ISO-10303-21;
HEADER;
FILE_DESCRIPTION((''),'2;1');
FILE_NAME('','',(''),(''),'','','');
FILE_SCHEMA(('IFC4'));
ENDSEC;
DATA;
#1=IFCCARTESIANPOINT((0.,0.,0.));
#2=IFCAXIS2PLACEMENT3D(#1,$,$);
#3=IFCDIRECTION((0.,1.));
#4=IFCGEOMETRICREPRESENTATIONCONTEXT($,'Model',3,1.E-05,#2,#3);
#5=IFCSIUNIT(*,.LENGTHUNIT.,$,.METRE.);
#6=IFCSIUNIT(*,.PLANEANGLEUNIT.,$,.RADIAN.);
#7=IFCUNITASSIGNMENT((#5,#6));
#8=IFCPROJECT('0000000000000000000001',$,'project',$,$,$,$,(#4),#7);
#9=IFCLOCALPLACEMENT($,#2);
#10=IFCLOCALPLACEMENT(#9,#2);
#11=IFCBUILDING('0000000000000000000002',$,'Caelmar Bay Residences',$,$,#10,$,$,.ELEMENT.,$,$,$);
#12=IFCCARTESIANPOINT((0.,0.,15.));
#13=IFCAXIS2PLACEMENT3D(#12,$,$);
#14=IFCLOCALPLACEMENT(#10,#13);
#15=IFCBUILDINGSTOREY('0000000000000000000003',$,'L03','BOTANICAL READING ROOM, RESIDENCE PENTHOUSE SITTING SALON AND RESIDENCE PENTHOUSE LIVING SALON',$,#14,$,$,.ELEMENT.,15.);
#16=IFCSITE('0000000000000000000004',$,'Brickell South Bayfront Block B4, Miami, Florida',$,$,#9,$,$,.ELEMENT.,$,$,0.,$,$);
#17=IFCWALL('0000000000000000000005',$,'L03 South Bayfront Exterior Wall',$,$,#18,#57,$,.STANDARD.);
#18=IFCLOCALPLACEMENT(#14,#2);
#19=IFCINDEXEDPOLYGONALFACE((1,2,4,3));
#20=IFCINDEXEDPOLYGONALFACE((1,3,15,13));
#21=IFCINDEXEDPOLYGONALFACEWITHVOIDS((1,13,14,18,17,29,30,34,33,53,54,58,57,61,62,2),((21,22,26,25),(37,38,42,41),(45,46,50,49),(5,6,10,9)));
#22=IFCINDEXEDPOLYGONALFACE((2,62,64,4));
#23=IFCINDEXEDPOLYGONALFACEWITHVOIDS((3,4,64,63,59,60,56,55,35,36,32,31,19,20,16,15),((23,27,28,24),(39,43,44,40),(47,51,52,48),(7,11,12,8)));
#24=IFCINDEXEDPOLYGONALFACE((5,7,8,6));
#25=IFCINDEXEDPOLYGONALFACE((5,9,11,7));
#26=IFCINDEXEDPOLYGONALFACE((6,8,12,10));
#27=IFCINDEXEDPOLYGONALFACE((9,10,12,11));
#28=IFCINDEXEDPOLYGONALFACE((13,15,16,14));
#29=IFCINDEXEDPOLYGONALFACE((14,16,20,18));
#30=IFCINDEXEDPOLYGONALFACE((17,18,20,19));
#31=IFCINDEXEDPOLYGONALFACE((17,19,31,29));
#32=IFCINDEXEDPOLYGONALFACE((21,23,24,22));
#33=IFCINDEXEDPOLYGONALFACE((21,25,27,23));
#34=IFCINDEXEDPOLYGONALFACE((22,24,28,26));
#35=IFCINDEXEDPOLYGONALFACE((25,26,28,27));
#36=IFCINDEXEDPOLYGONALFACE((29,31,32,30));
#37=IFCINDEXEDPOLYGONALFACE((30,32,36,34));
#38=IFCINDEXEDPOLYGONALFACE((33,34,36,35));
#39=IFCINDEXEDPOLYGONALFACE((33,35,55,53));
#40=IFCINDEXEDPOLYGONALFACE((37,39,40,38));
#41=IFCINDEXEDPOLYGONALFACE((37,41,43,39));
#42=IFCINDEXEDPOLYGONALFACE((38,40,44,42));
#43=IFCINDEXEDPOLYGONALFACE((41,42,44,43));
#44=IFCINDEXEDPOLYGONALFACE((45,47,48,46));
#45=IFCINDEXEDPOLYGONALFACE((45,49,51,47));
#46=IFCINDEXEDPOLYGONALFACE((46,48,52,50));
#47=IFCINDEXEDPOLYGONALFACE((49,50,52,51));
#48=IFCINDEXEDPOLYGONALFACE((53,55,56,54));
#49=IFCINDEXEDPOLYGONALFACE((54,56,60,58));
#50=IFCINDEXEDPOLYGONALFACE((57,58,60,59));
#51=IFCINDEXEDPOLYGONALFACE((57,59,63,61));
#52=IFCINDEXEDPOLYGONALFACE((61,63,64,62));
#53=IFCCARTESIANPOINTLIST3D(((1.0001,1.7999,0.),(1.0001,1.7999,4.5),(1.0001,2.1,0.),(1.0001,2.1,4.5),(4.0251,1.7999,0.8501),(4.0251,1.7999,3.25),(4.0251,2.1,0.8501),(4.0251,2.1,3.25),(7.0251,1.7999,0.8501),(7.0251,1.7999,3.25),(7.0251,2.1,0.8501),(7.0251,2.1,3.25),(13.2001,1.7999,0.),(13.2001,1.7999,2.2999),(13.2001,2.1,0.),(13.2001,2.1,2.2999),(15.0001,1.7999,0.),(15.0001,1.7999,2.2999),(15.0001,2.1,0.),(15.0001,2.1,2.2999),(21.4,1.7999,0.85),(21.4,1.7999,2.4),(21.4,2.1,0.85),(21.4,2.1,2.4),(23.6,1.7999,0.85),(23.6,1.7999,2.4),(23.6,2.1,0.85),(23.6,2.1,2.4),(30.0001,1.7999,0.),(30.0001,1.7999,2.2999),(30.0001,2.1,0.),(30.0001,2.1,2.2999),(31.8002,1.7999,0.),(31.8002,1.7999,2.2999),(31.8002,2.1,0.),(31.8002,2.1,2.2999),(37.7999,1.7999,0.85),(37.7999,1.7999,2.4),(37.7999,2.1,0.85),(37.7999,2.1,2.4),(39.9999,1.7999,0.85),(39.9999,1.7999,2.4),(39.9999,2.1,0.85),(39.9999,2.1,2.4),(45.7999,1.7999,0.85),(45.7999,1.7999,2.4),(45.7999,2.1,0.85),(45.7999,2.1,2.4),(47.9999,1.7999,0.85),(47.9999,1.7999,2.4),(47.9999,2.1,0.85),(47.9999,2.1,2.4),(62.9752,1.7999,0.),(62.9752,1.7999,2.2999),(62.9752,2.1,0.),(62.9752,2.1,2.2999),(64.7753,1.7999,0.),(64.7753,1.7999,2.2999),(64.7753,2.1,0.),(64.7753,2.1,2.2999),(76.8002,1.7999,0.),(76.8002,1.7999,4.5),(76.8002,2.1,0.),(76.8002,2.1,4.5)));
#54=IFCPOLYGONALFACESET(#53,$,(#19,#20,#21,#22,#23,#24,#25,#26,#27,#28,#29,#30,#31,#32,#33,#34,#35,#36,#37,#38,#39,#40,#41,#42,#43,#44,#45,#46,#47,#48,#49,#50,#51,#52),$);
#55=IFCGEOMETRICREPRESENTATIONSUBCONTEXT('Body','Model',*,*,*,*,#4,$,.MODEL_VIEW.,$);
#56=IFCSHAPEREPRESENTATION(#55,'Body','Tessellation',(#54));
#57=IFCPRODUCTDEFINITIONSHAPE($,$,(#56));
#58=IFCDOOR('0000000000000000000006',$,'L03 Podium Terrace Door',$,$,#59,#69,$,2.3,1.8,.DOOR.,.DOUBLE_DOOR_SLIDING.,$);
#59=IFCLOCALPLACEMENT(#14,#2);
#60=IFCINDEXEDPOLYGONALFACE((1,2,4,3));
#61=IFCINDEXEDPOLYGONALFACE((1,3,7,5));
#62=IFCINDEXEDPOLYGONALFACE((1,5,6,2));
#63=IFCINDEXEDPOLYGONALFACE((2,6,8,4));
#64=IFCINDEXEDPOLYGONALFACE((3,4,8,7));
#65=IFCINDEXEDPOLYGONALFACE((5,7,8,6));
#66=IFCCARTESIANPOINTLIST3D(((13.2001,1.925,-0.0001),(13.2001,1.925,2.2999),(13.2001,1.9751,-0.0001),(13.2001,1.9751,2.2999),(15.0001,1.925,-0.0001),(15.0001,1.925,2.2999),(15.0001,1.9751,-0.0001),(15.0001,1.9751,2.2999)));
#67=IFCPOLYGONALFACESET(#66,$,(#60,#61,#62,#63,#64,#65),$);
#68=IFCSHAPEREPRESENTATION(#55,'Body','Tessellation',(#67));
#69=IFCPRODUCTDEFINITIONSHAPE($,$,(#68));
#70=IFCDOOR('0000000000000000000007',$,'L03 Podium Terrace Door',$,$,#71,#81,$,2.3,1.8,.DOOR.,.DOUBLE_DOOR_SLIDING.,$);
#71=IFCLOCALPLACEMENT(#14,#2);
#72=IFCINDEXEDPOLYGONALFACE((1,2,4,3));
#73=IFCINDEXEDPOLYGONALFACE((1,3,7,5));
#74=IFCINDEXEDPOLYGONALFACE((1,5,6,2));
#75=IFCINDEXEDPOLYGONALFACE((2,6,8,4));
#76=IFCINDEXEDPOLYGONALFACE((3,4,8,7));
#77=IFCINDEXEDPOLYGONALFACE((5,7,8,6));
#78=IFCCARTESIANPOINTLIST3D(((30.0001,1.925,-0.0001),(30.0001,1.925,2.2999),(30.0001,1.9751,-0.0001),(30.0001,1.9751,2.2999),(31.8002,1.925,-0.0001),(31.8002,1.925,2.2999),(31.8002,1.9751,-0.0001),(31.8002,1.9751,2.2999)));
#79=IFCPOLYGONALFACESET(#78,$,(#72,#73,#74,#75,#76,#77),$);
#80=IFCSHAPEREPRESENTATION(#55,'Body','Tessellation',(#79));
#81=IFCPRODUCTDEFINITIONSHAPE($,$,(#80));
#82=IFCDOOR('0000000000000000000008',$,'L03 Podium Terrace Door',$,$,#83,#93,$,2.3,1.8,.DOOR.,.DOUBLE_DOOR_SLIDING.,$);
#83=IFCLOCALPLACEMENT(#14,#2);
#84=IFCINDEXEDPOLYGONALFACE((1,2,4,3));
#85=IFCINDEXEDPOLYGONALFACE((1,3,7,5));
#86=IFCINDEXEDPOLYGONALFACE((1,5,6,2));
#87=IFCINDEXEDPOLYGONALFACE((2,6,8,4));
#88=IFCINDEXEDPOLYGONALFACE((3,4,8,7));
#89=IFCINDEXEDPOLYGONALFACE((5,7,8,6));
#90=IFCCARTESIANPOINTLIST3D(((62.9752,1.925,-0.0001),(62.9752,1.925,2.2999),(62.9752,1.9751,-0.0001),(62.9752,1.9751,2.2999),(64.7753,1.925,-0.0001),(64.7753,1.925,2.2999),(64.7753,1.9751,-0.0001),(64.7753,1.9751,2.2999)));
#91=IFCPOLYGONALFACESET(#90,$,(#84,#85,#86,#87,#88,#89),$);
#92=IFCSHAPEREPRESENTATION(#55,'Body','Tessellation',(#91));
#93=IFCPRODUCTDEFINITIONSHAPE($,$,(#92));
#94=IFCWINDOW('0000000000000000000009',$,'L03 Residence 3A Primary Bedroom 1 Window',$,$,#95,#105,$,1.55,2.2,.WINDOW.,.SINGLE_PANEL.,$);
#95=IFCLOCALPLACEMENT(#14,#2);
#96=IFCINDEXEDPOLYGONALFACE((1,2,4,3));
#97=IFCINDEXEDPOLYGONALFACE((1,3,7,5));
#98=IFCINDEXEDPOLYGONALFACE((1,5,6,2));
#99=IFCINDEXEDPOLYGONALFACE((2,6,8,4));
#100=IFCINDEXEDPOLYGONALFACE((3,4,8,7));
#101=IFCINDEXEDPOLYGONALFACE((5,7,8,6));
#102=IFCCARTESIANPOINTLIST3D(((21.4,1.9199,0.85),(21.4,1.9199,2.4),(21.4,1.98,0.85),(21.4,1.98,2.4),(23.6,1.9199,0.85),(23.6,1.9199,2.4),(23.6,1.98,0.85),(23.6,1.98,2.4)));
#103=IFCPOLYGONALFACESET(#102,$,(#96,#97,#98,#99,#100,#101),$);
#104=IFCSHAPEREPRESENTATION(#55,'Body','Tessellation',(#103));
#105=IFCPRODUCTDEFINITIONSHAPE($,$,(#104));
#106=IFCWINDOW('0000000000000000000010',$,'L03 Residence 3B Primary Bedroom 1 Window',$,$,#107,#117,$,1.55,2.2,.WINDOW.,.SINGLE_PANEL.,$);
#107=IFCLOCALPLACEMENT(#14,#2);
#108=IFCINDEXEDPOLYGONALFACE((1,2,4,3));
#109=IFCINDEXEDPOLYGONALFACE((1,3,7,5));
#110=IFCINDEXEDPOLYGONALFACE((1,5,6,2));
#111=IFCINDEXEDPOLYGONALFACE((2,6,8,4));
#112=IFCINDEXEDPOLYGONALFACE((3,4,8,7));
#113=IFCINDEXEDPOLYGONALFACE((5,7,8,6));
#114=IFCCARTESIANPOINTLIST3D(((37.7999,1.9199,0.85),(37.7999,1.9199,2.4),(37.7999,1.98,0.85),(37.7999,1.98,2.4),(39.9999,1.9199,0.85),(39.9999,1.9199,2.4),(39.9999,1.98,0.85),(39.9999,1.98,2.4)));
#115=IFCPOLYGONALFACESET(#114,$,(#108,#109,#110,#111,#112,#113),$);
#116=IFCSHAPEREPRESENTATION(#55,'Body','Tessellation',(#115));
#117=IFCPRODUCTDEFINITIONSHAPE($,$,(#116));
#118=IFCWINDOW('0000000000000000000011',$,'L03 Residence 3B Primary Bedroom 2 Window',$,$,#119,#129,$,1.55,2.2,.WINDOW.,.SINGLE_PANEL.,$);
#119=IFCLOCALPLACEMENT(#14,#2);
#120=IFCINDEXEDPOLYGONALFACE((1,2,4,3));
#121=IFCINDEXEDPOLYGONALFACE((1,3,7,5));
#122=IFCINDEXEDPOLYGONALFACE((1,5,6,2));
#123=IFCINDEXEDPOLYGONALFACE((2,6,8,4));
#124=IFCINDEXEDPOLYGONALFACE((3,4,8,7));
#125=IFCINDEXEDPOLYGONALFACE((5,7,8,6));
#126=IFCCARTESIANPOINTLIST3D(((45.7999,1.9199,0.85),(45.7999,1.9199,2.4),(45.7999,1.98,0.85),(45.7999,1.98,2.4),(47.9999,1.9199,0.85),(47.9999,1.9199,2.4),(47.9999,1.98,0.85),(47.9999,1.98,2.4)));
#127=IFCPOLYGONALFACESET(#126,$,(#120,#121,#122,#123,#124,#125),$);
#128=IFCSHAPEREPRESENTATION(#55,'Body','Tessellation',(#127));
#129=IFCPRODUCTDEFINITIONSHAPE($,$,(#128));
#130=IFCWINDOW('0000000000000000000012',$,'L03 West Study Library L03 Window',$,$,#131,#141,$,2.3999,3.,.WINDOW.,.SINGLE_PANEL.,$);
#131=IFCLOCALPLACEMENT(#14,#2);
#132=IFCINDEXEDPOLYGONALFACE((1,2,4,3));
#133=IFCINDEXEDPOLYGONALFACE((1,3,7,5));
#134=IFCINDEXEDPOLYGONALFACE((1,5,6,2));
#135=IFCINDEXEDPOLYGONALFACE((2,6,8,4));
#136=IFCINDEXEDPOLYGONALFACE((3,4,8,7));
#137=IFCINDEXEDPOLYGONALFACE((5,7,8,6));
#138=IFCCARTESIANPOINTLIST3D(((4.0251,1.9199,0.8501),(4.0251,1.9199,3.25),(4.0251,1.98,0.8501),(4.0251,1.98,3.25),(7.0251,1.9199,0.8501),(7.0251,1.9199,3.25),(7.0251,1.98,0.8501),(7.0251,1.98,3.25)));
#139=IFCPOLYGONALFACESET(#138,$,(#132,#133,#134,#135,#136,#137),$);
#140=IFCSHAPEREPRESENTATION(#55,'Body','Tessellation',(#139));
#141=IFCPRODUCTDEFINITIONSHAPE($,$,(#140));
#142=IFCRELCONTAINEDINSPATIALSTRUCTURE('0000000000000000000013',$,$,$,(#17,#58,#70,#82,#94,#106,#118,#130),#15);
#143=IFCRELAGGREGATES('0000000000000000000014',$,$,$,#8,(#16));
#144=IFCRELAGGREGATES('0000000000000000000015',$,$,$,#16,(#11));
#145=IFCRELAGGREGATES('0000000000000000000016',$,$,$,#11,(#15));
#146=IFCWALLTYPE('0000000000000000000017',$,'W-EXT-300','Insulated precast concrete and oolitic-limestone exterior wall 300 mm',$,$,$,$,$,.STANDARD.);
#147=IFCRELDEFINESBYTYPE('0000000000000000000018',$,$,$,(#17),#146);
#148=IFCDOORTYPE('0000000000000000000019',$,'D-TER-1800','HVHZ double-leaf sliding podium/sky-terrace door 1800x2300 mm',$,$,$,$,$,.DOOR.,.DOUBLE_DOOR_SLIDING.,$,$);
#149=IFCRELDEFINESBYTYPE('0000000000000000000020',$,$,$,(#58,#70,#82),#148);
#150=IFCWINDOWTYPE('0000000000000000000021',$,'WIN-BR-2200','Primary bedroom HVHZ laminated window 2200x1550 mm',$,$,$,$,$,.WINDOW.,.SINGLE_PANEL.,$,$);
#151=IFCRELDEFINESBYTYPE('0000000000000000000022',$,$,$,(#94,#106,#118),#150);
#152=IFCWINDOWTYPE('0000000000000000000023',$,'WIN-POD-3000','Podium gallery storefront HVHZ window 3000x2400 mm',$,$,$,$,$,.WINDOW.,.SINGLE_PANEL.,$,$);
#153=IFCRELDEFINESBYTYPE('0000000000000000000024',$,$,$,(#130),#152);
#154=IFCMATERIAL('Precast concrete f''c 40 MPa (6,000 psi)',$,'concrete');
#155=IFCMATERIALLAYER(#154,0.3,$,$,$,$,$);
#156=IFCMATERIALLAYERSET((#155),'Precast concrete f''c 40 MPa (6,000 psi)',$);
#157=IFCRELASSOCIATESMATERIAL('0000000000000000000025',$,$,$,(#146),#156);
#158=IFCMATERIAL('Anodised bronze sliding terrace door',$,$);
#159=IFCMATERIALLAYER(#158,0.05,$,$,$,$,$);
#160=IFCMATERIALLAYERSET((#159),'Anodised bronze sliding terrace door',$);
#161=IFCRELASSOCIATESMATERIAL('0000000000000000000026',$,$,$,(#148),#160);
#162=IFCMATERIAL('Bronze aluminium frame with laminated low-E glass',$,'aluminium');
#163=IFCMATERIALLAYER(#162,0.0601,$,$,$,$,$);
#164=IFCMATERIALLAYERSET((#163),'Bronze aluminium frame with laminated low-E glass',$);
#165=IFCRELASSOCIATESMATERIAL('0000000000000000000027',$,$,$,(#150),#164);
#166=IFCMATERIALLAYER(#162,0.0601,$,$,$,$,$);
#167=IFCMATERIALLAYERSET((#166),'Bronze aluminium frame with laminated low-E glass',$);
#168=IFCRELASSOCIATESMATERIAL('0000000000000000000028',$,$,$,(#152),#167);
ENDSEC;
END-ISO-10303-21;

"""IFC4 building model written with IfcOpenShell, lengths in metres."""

from ifc_helpers import new_model, si_unit, direction, frame, frame_2d, origin, place, context, subcontext, project, spatial, rectangle, extrude, material, layer, layer_set, type_object, element, fill, save


model = new_model("IFC4")

# Units and contexts
model_context = context("Model", 3, precision=1e-05, world=origin(), true_north=direction((0.0, 1.0)))
body_context = subcontext(model_context, "Body", "Model", "MODEL_VIEW")
ifc_project = project(units=[si_unit("LENGTHUNIT", "METRE"), si_unit("PLANEANGLEUNIT", "RADIAN")], contexts=[model_context])

# Site, building, storey
site_placement = place(None, origin())
site = spatial("IfcSite", under=ifc_project, at=site_placement, Name="Brickell South Bayfront Block B4, Miami, Florida", CompositionType="ELEMENT", RefElevation=0.0)
building_placement = place(site_placement, origin())
building = spatial("IfcBuilding", under=site, at=building_placement, Name="Caelmar Bay Residences", CompositionType="ELEMENT")
storey_placement = place(building_placement, frame((0.0, 0.0, 15.0)))
storey = spatial("IfcBuildingStorey", under=building, at=storey_placement, Name="L03", Description="BOTANICAL READING ROOM, RESIDENCE PENTHOUSE SITTING SALON AND RESIDENCE PENTHOUSE LIVING SALON", CompositionType="ELEMENT", Elevation=15.0)

# Wall, openings, doors, windows
ifc_material_1 = material(Name="Precast concrete f'c 40 MPa (6,000 psi)", Category="concrete")
ifc_layer_1 = layer(ifc_material_1, 0.3)
ifc_layer_set_1 = layer_set([ifc_layer_1], Name="Precast concrete f'c 40 MPa (6,000 psi)")
wall_type = type_object("IfcWallType", Name="W-EXT-300", Description="Insulated precast concrete and oolitic-limestone exterior wall 300 mm", PredefinedType="STANDARD", material=ifc_layer_set_1)
wall_placement = place(storey_placement, frame((76.8, 1.95, 0.0), z_axis=(0.0, 0.0, 1.0), x_axis=(-1.0, 0.0, 0.0)))
wall = element("IfcWall", 1, at=wall_placement, inside=storey, type_object=wall_type, Name="L03 South Bayfront Exterior Wall", PredefinedType="STANDARD", context=body_context, shape_type="SweptSolid", body=[
    extrude(rectangle(XDim=75.8, YDim=0.3, at=frame_2d((37.8999, 0.0))), origin(), (0.0, 0.0, 1.0), 4.5),
])
opening_1_placement = place(wall_placement, frame((69.7749, 0.0, 0.8501)))
opening_1 = element("IfcOpeningElement", 2, at=opening_1_placement, cuts=wall, PredefinedType="OPENING", context=body_context, shape_type="SweptSolid", body=[
    extrude(rectangle(XDim=3.0, YDim=2.3999, at=frame_2d((1.5, 1.2))), frame((0.0, 0.1599, 0.0), z_axis=(0.0, -1.0, 0.0), x_axis=(1.0, 0.0, 0.0)), (0.0, 0.0, 1.0), 0.3201),
])
opening_2_placement = place(wall_placement, frame((61.8, 0.0, 0.0)))
opening_2 = element("IfcOpeningElement", 3, at=opening_2_placement, cuts=wall, PredefinedType="OPENING", context=body_context, shape_type="SweptSolid", body=[
    extrude(rectangle(XDim=1.8, YDim=2.3, at=frame_2d((0.8999, 1.1499))), frame((0.0, 0.1599, 0.0), z_axis=(0.0, -1.0, 0.0), x_axis=(1.0, 0.0, 0.0)), (0.0, 0.0, 1.0), 0.3201),
])
opening_3_placement = place(wall_placement, frame((53.2, 0.0, 0.8501)))
opening_3 = element("IfcOpeningElement", 4, at=opening_3_placement, cuts=wall, PredefinedType="OPENING", context=body_context, shape_type="SweptSolid", body=[
    extrude(rectangle(XDim=2.2, YDim=1.55, at=frame_2d((1.1001, 0.7749))), frame((0.0, 0.1599, 0.0), z_axis=(0.0, -1.0, 0.0), x_axis=(1.0, 0.0, 0.0)), (0.0, 0.0, 1.0), 0.3201),
])
opening_4_placement = place(wall_placement, frame((45.0, 0.0, 0.0)))
opening_4 = element("IfcOpeningElement", 5, at=opening_4_placement, cuts=wall, PredefinedType="OPENING", context=body_context, shape_type="SweptSolid", body=[
    extrude(rectangle(XDim=1.8, YDim=2.3, at=frame_2d((0.8999, 1.1499))), frame((0.0, 0.1599, 0.0), z_axis=(0.0, -1.0, 0.0), x_axis=(1.0, 0.0, 0.0)), (0.0, 0.0, 1.0), 0.3201),
])
opening_5_placement = place(wall_placement, frame((36.8, 0.0, 0.8501)))
opening_5 = element("IfcOpeningElement", 6, at=opening_5_placement, cuts=wall, PredefinedType="OPENING", context=body_context, shape_type="SweptSolid", body=[
    extrude(rectangle(XDim=2.2, YDim=1.55, at=frame_2d((1.1001, 0.7749))), frame((0.0, 0.1599, 0.0), z_axis=(0.0, -1.0, 0.0), x_axis=(1.0, 0.0, 0.0)), (0.0, 0.0, 1.0), 0.3201),
])
opening_6_placement = place(wall_placement, frame((28.8, 0.0, 0.8501)))
opening_6 = element("IfcOpeningElement", 7, at=opening_6_placement, cuts=wall, PredefinedType="OPENING", context=body_context, shape_type="SweptSolid", body=[
    extrude(rectangle(XDim=2.2, YDim=1.55, at=frame_2d((1.1001, 0.7749))), frame((0.0, 0.1599, 0.0), z_axis=(0.0, -1.0, 0.0), x_axis=(1.0, 0.0, 0.0)), (0.0, 0.0, 1.0), 0.3201),
])
opening_7_placement = place(wall_placement, frame((12.0249, 0.0, 0.0)))
opening_7 = element("IfcOpeningElement", 8, at=opening_7_placement, cuts=wall, PredefinedType="OPENING", context=body_context, shape_type="SweptSolid", body=[
    extrude(rectangle(XDim=1.8, YDim=2.3, at=frame_2d((0.8999, 1.1499))), frame((0.0, 0.1599, 0.0), z_axis=(0.0, -1.0, 0.0), x_axis=(1.0, 0.0, 0.0)), (0.0, 0.0, 1.0), 0.3201),
])
ifc_material_2 = material(Name="Anodised bronze sliding terrace door")
ifc_layer_2 = layer(ifc_material_2, 0.05)
ifc_layer_set_2 = layer_set([ifc_layer_2], Name="Anodised bronze sliding terrace door")
door_type = type_object("IfcDoorType", Name="D-TER-1800", Description="HVHZ double-leaf sliding podium/sky-terrace door 1800x2300 mm", OperationType="DOUBLE_DOOR_SLIDING", PredefinedType="DOOR", material=ifc_layer_set_2)
door_1_placement = place(opening_2_placement, origin())
door_1 = element("IfcDoor", 9, at=door_1_placement, inside=storey, type_object=door_type, Name="L03 Podium Terrace Door", OperationType="DOUBLE_DOOR_SLIDING", OverallHeight=2.3, OverallWidth=1.8, PredefinedType="DOOR", context=body_context, shape_type="SweptSolid", body=[
    extrude(rectangle(XDim=1.8, YDim=2.3, at=frame_2d((0.8999, 1.1499))), frame((0.0, 0.0249, 0.0), z_axis=(0.0, -1.0, 0.0), x_axis=(1.0, 0.0, 0.0)), (0.0, 0.0, 1.0), 0.05),
])
fill(opening_2, door_1)
door_2_placement = place(opening_4_placement, origin())
door_2 = element("IfcDoor", 10, at=door_2_placement, inside=storey, type_object=door_type, Name="L03 Podium Terrace Door", OperationType="DOUBLE_DOOR_SLIDING", OverallHeight=2.3, OverallWidth=1.8, PredefinedType="DOOR", context=body_context, shape_type="SweptSolid", body=[
    extrude(rectangle(XDim=1.8, YDim=2.3, at=frame_2d((0.8999, 1.1499))), frame((0.0, 0.0249, 0.0), z_axis=(0.0, -1.0, 0.0), x_axis=(1.0, 0.0, 0.0)), (0.0, 0.0, 1.0), 0.05),
])
fill(opening_4, door_2)
door_3_placement = place(opening_7_placement, origin())
door_3 = element("IfcDoor", 11, at=door_3_placement, inside=storey, type_object=door_type, Name="L03 Podium Terrace Door", OperationType="DOUBLE_DOOR_SLIDING", OverallHeight=2.3, OverallWidth=1.8, PredefinedType="DOOR", context=body_context, shape_type="SweptSolid", body=[
    extrude(rectangle(XDim=1.8, YDim=2.3, at=frame_2d((0.8999, 1.1499))), frame((0.0, 0.0249, 0.0), z_axis=(0.0, -1.0, 0.0), x_axis=(1.0, 0.0, 0.0)), (0.0, 0.0, 1.0), 0.05),
])
fill(opening_7, door_3)
ifc_material_3 = material(Name="Bronze aluminium frame with laminated low-E glass", Category="aluminium")
ifc_layer_3 = layer(ifc_material_3, 0.0601)
ifc_layer_set_3 = layer_set([ifc_layer_3], Name="Bronze aluminium frame with laminated low-E glass")
window_type_1 = type_object("IfcWindowType", Name="WIN-BR-2200", Description="Primary bedroom HVHZ laminated window 2200x1550 mm", PartitioningType="SINGLE_PANEL", PredefinedType="WINDOW", material=ifc_layer_set_3)
window_1_placement = place(opening_3_placement, origin())
window_1 = element("IfcWindow", 12, at=window_1_placement, inside=storey, type_object=window_type_1, Name="L03 Residence 3A Primary Bedroom 1 Window", OverallHeight=1.55, OverallWidth=2.2, PartitioningType="SINGLE_PANEL", PredefinedType="WINDOW", context=body_context, shape_type="SweptSolid", body=[
    extrude(rectangle(XDim=2.2, YDim=1.55, at=frame_2d((1.1001, 0.7749))), frame((0.0, 0.03, 0.0), z_axis=(0.0, -1.0, 0.0), x_axis=(1.0, 0.0, 0.0)), (0.0, 0.0, 1.0), 0.0601),
])
fill(opening_3, window_1)
window_2_placement = place(opening_5_placement, origin())
window_2 = element("IfcWindow", 13, at=window_2_placement, inside=storey, type_object=window_type_1, Name="L03 Residence 3B Primary Bedroom 1 Window", OverallHeight=1.55, OverallWidth=2.2, PartitioningType="SINGLE_PANEL", PredefinedType="WINDOW", context=body_context, shape_type="SweptSolid", body=[
    extrude(rectangle(XDim=2.2, YDim=1.55, at=frame_2d((1.1001, 0.7749))), frame((0.0, 0.03, 0.0), z_axis=(0.0, -1.0, 0.0), x_axis=(1.0, 0.0, 0.0)), (0.0, 0.0, 1.0), 0.0601),
])
fill(opening_5, window_2)
window_3_placement = place(opening_6_placement, origin())
window_3 = element("IfcWindow", 14, at=window_3_placement, inside=storey, type_object=window_type_1, Name="L03 Residence 3B Primary Bedroom 2 Window", OverallHeight=1.55, OverallWidth=2.2, PartitioningType="SINGLE_PANEL", PredefinedType="WINDOW", context=body_context, shape_type="SweptSolid", body=[
    extrude(rectangle(XDim=2.2, YDim=1.55, at=frame_2d((1.1001, 0.7749))), frame((0.0, 0.03, 0.0), z_axis=(0.0, -1.0, 0.0), x_axis=(1.0, 0.0, 0.0)), (0.0, 0.0, 1.0), 0.0601),
])
fill(opening_6, window_3)
ifc_layer_4 = layer(ifc_material_3, 0.0601)
ifc_layer_set_4 = layer_set([ifc_layer_4], Name="Bronze aluminium frame with laminated low-E glass")
window_type_2 = type_object("IfcWindowType", Name="WIN-POD-3000", Description="Podium gallery storefront HVHZ window 3000x2400 mm", PartitioningType="SINGLE_PANEL", PredefinedType="WINDOW", material=ifc_layer_set_4)
window_4_placement = place(opening_1_placement, origin())
window_4 = element("IfcWindow", 15, at=window_4_placement, inside=storey, type_object=window_type_2, Name="L03 West Study Library L03 Window", OverallHeight=2.3999, OverallWidth=3.0, PartitioningType="SINGLE_PANEL", PredefinedType="WINDOW", context=body_context, shape_type="SweptSolid", body=[
    extrude(rectangle(XDim=3.0, YDim=2.3999, at=frame_2d((1.5, 1.2))), frame((0.0, 0.03, 0.0), z_axis=(0.0, -1.0, 0.0), x_axis=(1.0, 0.0, 0.0)), (0.0, 0.0, 1.0), 0.0601),
])
fill(opening_1, window_4)

save(model, "model.ifc")
